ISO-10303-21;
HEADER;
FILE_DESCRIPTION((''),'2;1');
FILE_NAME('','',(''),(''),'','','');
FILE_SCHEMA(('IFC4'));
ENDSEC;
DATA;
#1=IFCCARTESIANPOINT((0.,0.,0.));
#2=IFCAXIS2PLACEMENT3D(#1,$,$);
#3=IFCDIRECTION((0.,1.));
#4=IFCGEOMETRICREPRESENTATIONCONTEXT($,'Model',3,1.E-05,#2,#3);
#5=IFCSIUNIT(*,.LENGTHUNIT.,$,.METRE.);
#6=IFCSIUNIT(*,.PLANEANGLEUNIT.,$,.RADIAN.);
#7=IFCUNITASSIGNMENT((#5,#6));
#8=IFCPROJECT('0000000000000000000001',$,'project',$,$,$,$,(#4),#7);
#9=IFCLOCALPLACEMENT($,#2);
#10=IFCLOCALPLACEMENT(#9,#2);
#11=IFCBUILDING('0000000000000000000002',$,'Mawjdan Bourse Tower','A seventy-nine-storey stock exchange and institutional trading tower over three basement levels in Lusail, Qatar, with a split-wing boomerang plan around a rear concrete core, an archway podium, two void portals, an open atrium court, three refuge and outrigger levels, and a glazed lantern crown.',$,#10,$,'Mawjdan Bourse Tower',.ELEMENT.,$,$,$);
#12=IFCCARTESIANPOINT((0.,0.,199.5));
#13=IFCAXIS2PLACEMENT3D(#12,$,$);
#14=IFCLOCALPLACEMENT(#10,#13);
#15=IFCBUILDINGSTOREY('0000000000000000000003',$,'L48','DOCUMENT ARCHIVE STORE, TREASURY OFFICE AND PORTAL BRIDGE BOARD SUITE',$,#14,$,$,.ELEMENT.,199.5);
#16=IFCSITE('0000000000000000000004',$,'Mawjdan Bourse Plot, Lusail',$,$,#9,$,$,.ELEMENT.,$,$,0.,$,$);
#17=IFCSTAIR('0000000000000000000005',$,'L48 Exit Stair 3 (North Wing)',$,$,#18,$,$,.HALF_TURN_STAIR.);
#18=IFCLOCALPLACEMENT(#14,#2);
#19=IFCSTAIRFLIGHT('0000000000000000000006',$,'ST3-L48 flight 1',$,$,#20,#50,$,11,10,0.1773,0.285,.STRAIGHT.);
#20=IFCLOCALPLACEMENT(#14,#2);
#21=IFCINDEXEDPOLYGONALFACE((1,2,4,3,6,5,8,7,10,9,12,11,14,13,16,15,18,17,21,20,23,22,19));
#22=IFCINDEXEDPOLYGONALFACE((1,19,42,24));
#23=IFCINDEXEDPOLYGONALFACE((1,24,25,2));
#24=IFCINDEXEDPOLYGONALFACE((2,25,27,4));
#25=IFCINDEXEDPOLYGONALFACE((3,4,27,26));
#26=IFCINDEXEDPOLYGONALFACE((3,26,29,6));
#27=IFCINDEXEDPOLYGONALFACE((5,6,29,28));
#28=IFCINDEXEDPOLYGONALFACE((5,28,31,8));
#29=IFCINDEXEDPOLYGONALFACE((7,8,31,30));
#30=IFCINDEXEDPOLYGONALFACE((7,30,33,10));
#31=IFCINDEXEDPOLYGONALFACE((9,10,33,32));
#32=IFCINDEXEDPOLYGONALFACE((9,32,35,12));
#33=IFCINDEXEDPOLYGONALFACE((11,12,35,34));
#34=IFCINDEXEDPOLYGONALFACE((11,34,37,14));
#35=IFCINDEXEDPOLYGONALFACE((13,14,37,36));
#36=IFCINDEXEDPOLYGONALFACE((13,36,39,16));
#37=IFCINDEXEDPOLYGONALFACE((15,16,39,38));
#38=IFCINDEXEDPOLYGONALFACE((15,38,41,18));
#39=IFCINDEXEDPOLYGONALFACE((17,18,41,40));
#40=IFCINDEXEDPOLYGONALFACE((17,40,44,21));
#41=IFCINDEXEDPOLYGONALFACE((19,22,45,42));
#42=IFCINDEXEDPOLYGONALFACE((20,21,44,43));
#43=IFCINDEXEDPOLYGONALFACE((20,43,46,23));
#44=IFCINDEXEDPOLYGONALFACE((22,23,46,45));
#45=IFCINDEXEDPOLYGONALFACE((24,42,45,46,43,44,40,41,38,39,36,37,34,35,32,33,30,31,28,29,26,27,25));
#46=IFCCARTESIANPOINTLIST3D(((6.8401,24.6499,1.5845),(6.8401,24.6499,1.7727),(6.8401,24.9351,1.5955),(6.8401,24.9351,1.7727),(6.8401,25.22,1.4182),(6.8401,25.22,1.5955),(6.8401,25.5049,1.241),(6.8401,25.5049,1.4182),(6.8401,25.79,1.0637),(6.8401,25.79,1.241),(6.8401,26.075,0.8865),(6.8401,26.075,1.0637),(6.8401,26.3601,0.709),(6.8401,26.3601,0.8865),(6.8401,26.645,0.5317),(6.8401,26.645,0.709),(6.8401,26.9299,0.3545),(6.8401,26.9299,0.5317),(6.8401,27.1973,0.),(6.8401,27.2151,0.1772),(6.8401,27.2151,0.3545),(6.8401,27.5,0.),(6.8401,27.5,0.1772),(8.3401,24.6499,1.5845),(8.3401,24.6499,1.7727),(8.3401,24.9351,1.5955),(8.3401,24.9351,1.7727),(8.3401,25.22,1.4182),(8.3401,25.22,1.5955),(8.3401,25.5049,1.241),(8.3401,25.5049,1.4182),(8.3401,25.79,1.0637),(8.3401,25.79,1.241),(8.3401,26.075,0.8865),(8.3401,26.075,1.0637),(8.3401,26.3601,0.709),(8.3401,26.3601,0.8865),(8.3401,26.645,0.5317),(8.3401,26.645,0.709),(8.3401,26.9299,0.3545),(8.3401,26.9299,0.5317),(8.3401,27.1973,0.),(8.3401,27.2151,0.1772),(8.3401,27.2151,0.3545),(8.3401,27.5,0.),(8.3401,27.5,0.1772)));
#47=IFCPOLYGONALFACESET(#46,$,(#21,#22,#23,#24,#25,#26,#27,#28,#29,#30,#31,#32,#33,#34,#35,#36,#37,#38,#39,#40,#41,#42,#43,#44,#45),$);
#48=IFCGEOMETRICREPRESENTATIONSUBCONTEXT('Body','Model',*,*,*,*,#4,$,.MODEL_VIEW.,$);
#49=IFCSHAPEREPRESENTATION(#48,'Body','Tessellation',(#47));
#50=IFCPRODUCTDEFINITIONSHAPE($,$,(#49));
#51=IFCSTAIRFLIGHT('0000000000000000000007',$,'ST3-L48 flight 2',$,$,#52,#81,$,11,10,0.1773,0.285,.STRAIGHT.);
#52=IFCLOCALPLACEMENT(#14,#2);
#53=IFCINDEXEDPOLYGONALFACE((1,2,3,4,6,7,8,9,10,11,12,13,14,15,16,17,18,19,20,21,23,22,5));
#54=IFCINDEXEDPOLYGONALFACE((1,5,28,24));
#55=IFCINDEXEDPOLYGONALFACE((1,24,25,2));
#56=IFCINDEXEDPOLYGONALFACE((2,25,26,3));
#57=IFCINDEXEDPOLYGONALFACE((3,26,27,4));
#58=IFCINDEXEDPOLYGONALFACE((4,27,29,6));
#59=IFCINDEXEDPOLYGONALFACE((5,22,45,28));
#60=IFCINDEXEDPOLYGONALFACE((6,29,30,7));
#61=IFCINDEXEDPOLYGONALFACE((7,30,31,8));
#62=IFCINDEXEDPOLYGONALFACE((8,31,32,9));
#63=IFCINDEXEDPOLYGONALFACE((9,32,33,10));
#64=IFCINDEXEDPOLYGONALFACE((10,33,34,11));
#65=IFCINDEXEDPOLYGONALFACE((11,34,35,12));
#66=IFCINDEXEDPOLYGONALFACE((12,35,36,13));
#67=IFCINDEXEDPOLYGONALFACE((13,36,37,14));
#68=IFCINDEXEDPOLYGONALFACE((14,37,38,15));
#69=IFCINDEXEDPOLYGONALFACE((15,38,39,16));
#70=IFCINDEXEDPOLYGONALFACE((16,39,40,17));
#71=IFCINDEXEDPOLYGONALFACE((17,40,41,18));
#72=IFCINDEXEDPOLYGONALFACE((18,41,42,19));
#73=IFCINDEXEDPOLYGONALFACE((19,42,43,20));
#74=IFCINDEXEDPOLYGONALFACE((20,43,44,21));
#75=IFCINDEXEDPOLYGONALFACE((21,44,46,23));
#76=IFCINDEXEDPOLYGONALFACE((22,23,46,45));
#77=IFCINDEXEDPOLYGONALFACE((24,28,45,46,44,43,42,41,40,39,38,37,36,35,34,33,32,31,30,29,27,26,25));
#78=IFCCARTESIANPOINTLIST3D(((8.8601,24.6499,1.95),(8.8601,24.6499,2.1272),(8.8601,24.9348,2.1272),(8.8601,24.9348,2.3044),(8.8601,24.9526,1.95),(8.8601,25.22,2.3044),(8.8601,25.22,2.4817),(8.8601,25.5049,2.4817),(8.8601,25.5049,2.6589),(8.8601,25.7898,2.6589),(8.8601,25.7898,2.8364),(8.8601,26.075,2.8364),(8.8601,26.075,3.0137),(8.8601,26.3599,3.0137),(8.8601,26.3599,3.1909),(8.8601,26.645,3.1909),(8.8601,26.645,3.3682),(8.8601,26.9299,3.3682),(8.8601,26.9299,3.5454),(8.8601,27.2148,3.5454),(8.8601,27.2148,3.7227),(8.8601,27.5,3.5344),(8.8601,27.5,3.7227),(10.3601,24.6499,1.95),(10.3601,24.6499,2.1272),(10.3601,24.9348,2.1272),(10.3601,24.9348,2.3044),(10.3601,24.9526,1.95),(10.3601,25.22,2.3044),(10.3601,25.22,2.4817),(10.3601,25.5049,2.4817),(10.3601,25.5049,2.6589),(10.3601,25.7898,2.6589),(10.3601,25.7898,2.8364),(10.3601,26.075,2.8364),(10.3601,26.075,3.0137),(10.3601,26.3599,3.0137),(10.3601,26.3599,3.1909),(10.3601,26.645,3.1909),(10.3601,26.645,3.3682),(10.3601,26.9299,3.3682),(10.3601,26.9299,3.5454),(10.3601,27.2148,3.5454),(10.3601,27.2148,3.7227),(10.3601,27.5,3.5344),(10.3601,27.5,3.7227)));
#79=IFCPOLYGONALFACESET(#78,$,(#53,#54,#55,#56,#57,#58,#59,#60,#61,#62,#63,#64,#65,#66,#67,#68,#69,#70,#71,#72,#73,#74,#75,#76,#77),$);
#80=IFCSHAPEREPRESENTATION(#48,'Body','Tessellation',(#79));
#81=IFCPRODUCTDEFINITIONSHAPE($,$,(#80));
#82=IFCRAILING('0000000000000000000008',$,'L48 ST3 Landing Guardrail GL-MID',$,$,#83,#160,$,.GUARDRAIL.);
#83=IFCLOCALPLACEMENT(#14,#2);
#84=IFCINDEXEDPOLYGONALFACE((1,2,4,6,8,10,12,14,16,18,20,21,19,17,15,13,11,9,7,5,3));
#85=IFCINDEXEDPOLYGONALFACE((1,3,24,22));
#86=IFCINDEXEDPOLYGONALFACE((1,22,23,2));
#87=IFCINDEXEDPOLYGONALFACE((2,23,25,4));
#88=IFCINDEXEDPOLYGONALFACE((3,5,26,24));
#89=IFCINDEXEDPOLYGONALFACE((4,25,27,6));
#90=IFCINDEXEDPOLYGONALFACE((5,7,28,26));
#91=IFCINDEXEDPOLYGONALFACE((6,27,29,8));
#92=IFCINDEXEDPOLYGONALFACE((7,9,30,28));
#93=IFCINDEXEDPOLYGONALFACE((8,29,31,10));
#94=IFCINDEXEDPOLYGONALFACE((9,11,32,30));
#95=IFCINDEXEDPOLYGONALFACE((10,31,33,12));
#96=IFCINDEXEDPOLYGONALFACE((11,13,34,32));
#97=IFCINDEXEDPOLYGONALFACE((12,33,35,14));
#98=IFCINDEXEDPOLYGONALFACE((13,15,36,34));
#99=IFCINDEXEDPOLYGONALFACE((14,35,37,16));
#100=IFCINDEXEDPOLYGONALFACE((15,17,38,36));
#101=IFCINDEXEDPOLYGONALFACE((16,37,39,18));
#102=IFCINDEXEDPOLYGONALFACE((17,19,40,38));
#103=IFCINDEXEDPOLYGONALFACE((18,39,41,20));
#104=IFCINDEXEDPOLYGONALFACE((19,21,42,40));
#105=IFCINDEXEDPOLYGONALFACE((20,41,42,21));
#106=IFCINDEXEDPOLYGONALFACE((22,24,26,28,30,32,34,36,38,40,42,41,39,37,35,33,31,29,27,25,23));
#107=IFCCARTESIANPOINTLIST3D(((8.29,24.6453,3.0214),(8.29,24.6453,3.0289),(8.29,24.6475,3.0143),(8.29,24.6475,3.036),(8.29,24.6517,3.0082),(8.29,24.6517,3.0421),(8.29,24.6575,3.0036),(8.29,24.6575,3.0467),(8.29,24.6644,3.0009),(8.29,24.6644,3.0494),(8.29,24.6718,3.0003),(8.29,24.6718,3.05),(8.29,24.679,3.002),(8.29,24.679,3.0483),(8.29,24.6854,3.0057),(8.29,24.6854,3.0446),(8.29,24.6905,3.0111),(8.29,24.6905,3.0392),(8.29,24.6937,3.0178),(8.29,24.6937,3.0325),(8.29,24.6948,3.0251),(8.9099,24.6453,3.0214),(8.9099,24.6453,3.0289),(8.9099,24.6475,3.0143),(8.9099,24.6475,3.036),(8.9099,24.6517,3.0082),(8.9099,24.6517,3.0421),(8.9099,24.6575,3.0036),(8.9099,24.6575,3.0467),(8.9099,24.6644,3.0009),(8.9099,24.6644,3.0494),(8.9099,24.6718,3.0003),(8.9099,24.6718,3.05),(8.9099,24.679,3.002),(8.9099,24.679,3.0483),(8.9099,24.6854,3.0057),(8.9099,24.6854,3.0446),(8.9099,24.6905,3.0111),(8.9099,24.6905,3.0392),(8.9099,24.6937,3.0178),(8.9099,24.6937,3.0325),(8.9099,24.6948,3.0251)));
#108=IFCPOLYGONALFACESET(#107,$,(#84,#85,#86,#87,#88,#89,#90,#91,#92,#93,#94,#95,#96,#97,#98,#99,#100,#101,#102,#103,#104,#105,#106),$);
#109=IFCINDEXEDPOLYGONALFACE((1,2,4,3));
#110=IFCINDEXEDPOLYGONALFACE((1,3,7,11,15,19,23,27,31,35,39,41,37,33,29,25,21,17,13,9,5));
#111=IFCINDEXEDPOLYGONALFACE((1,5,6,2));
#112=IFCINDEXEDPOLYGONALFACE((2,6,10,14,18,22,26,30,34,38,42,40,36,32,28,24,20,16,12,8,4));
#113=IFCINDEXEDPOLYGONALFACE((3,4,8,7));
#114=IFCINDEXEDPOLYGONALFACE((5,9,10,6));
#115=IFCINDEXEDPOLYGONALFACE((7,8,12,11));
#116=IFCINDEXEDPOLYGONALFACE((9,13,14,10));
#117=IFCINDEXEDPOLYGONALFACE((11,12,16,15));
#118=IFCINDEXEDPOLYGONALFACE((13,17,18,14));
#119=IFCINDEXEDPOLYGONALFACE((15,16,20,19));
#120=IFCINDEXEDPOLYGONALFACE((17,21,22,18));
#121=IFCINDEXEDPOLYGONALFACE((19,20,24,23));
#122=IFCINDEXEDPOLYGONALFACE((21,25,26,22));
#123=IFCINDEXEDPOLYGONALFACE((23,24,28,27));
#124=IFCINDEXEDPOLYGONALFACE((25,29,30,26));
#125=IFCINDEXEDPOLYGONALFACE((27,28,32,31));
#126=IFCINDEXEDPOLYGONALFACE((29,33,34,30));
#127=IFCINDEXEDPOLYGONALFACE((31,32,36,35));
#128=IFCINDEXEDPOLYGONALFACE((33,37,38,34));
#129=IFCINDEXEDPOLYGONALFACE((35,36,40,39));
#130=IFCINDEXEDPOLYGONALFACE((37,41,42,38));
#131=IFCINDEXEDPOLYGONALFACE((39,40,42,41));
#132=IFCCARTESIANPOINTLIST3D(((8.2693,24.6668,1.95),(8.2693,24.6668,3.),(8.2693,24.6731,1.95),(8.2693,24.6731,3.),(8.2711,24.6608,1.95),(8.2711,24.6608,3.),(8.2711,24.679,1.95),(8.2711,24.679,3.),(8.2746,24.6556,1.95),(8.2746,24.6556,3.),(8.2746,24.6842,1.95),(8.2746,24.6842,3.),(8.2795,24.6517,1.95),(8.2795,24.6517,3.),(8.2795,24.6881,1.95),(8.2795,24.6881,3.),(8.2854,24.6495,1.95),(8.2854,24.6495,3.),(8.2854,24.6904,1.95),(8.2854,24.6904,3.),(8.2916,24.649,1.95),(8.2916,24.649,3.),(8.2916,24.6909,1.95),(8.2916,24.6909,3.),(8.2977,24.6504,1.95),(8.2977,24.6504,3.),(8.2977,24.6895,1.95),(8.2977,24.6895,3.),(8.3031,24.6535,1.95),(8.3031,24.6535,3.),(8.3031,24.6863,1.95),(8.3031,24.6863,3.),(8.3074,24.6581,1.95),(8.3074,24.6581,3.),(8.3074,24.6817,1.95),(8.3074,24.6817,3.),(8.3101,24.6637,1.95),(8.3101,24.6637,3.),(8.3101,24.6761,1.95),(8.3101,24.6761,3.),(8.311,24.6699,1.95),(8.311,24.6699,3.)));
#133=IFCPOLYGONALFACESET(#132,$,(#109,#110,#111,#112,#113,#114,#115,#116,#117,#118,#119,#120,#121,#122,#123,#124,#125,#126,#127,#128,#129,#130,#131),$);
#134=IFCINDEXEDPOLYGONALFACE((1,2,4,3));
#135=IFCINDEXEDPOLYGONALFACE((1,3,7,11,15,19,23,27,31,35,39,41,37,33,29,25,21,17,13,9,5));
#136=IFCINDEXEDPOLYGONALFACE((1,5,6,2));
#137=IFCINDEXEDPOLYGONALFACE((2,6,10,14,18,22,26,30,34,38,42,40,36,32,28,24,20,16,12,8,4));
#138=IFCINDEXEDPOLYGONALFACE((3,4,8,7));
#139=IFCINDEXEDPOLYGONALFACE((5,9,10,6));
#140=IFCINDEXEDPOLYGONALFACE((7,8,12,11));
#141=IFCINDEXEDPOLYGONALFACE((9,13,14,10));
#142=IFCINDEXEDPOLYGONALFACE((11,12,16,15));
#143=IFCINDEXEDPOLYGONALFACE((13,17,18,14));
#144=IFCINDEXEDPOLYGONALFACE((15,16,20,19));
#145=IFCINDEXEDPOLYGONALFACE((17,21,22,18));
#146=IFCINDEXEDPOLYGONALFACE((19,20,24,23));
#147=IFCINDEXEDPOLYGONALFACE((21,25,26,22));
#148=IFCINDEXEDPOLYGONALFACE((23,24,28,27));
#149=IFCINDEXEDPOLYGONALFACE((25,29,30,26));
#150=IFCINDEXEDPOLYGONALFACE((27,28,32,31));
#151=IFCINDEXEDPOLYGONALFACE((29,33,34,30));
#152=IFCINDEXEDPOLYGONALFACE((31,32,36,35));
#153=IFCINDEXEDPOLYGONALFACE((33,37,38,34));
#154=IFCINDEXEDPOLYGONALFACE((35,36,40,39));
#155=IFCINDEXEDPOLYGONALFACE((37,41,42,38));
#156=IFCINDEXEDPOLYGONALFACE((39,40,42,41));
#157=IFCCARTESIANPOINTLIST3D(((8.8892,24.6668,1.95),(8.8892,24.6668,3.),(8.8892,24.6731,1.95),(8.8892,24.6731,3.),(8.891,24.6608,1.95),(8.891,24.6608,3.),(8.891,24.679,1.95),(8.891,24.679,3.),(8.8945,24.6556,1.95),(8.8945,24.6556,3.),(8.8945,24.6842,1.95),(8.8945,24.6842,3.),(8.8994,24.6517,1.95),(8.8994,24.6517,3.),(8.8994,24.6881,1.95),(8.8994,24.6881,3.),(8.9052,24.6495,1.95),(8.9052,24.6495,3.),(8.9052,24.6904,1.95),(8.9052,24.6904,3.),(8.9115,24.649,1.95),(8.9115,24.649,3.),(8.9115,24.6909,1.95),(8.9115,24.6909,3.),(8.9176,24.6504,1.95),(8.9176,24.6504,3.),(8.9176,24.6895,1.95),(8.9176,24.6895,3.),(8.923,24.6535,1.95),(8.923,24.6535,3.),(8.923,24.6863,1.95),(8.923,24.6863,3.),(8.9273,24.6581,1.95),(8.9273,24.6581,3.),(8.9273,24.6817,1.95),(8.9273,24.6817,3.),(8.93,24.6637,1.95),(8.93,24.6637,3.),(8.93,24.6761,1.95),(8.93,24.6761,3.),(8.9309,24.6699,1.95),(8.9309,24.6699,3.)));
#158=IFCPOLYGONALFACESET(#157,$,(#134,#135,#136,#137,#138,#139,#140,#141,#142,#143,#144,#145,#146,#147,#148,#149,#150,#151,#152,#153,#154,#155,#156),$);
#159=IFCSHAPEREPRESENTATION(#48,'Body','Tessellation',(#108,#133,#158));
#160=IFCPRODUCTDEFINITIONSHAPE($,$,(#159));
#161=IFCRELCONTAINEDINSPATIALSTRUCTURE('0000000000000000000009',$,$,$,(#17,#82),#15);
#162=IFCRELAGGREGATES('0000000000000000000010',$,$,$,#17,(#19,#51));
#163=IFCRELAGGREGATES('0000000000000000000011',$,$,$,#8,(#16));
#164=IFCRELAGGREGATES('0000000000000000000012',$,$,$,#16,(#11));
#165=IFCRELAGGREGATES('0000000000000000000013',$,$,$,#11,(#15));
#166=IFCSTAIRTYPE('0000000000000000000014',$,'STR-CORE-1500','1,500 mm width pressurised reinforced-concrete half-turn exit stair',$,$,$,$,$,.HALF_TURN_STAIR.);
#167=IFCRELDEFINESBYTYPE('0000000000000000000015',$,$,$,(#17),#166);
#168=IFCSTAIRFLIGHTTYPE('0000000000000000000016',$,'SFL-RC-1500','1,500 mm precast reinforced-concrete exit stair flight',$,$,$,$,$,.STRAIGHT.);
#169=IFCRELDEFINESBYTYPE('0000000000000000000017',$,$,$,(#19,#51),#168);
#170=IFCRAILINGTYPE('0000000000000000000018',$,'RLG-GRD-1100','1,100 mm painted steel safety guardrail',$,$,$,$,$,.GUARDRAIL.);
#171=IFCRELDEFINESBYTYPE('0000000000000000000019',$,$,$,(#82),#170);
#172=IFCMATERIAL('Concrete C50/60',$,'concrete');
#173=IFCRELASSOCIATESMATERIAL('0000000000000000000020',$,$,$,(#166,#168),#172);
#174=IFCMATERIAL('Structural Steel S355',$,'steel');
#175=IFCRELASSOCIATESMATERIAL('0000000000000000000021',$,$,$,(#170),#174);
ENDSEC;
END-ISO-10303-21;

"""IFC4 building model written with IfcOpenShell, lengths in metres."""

from ifc_helpers import new_model, si_unit, direction, frame, origin, origin_2d, place, context, subcontext, project, spatial, polyline, circle, outline, extrude, material, type_object, element, aggregate, save


model = new_model("IFC4")

# Units and contexts
model_context = context("Model", 3, precision=1e-05, world=origin(), true_north=direction((0.0, 1.0)))
body_context = subcontext(model_context, "Body", "Model", "MODEL_VIEW")
ifc_project = project(units=[si_unit("LENGTHUNIT", "METRE"), si_unit("PLANEANGLEUNIT", "RADIAN")], contexts=[model_context])

# Site, building, storey
site_placement = place(None, origin())
site = spatial("IfcSite", under=ifc_project, at=site_placement, Name="Mawjdan Bourse Plot, Lusail", CompositionType="ELEMENT", RefElevation=0.0)
building_placement = place(site_placement, origin())
building = spatial("IfcBuilding", under=site, at=building_placement, Name="Mawjdan Bourse Tower", Description="A seventy-nine-storey stock exchange and institutional trading tower over three basement levels in Lusail, Qatar, with a split-wing boomerang plan around a rear concrete core, an archway podium, two void portals, an open atrium court, three refuge and outrigger levels, and a glazed lantern crown.", LongName="Mawjdan Bourse Tower", CompositionType="ELEMENT")
storey_placement = place(building_placement, frame((0.0, 0.0, 199.5)))
storey = spatial("IfcBuildingStorey", under=building, at=storey_placement, Name="L48", Description="DOCUMENT ARCHIVE STORE, TREASURY OFFICE AND PORTAL BRIDGE BOARD SUITE", CompositionType="ELEMENT", Elevation=199.5)

# Shared definitions
ifc_material_1 = material(Name="Structural Steel S355", Category="steel")

# Shared definitions
ifc_material_2 = material(Name="Concrete C50/60", Category="concrete")

# Stair, stair flights
stair_type = type_object("IfcStairType", Name="STR-CORE-1500", Description="1,500 mm width pressurised reinforced-concrete half-turn exit stair", PredefinedType="HALF_TURN_STAIR", material=ifc_material_2)
stair_placement = place(storey_placement, origin())
stair = element("IfcStair", 1, at=stair_placement, inside=storey, type_object=stair_type, Name="L48 Exit Stair 3 (North Wing)", PredefinedType="HALF_TURN_STAIR")
stair_flight_type = type_object("IfcStairFlightType", Name="SFL-RC-1500", Description="1,500 mm precast reinforced-concrete exit stair flight", PredefinedType="STRAIGHT", material=ifc_material_2)
stair_flight_1_placement = place(storey_placement, frame((7.5901, 27.5, 0.0), z_axis=(0.0, 0.0, 1.0), x_axis=(0.0, -1.0, 0.0)))
stair_flight_1 = element("IfcStairFlight", 2, at=stair_flight_1_placement, type_object=stair_flight_type, Name="ST3-L48 flight 1", NumberOfRisers=11, NumberOfTreads=10, PredefinedType="STRAIGHT", RiserHeight=0.1773, TreadLength=0.285, context=body_context, shape_type="SweptSolid", body=[
    extrude(outline(polyline([(0.0, 0.0), (0.0, 0.1772), (0.2849, 0.1772), (0.2849, 0.3545), (0.5701, 0.3545), (0.5701, 0.5317), (0.855, 0.5317), (0.855, 0.709), (1.1399, 0.709), (1.1399, 0.8865), (1.425, 0.8865), (1.425, 1.0637), (1.71, 1.0637), (1.71, 1.241), (1.9951, 1.241), (1.9951, 1.4182), (2.28, 1.4182), (2.28, 1.5955), (2.5649, 1.5955), (2.5649, 1.7727), (2.8501, 1.7727), (2.8501, 1.95), (2.8501, 1.5845), (0.3027, 0.0), (0.0, 0.0)])), frame((0.0, 0.75, 0.0), z_axis=(0.0, -1.0, 0.0), x_axis=(1.0, 0.0, 0.0)), (0.0, 0.0, 1.0), 1.5),
])
stair_flight_2_placement = place(storey_placement, frame((9.6101, 24.6499, 1.95), z_axis=(0.0, 0.0, 1.0), x_axis=(0.0, 1.0, 0.0)))
stair_flight_2 = element("IfcStairFlight", 3, at=stair_flight_2_placement, type_object=stair_flight_type, Name="ST3-L48 flight 2", NumberOfRisers=11, NumberOfTreads=10, PredefinedType="STRAIGHT", RiserHeight=0.1773, TreadLength=0.285, context=body_context, shape_type="SweptSolid", body=[
    extrude(outline(polyline([(0.0, 0.0), (0.0, 0.1772), (0.2849, 0.1772), (0.2849, 0.3545), (0.5701, 0.3545), (0.5701, 0.5317), (0.855, 0.5317), (0.855, 0.709), (1.1399, 0.709), (1.1399, 0.8865), (1.425, 0.8865), (1.425, 1.0637), (1.71, 1.0637), (1.71, 1.241), (1.9951, 1.241), (1.9951, 1.4182), (2.28, 1.4182), (2.28, 1.5955), (2.5649, 1.5955), (2.5649, 1.7727), (2.8501, 1.7727), (2.8501, 1.95), (2.8501, 1.5845), (0.3027, 0.0), (0.0, 0.0)])), frame((0.0, 0.75, 0.0), z_axis=(0.0, -1.0, 0.0), x_axis=(1.0, 0.0, 0.0)), (0.0, 0.0, 1.0), 1.5),
])
aggregate(stair, [stair_flight_1, stair_flight_2])

# Railing
railing_type_1 = type_object("IfcRailingType", Name="RLG-GRD-1100", Description="1,100 mm painted steel safety guardrail", PredefinedType="GUARDRAIL", material=ifc_material_1)
for number, where, name in (
    (4, (8.29, 24.6699, 1.95), "L48 ST3 Landing Guardrail GL-MID"),
):
    element("IfcRailing", number, at=place(storey_placement, frame(where)), inside=storey, type_object=railing_type_1, Name=name, PredefinedType="GUARDRAIL", context=body_context, shape_type="SweptSolid", body=[
        extrude(circle(Radius=0.0249, at=origin_2d()), frame((0.0, 0.0, 1.0752), z_axis=(1.0, 0.0, 0.0), x_axis=(0.0, 1.0, 0.0)), (0.0, 0.0, 1.0), 0.6199),
        extrude(circle(Radius=0.021, at=origin_2d()), origin(), (0.0, 0.0, 1.0), 1.05),
        extrude(circle(Radius=0.021, at=origin_2d()), frame((0.6199, 0.0, 0.0)), (0.0, 0.0, 1.0), 1.05),
    ])

save(model, "model.ifc")
